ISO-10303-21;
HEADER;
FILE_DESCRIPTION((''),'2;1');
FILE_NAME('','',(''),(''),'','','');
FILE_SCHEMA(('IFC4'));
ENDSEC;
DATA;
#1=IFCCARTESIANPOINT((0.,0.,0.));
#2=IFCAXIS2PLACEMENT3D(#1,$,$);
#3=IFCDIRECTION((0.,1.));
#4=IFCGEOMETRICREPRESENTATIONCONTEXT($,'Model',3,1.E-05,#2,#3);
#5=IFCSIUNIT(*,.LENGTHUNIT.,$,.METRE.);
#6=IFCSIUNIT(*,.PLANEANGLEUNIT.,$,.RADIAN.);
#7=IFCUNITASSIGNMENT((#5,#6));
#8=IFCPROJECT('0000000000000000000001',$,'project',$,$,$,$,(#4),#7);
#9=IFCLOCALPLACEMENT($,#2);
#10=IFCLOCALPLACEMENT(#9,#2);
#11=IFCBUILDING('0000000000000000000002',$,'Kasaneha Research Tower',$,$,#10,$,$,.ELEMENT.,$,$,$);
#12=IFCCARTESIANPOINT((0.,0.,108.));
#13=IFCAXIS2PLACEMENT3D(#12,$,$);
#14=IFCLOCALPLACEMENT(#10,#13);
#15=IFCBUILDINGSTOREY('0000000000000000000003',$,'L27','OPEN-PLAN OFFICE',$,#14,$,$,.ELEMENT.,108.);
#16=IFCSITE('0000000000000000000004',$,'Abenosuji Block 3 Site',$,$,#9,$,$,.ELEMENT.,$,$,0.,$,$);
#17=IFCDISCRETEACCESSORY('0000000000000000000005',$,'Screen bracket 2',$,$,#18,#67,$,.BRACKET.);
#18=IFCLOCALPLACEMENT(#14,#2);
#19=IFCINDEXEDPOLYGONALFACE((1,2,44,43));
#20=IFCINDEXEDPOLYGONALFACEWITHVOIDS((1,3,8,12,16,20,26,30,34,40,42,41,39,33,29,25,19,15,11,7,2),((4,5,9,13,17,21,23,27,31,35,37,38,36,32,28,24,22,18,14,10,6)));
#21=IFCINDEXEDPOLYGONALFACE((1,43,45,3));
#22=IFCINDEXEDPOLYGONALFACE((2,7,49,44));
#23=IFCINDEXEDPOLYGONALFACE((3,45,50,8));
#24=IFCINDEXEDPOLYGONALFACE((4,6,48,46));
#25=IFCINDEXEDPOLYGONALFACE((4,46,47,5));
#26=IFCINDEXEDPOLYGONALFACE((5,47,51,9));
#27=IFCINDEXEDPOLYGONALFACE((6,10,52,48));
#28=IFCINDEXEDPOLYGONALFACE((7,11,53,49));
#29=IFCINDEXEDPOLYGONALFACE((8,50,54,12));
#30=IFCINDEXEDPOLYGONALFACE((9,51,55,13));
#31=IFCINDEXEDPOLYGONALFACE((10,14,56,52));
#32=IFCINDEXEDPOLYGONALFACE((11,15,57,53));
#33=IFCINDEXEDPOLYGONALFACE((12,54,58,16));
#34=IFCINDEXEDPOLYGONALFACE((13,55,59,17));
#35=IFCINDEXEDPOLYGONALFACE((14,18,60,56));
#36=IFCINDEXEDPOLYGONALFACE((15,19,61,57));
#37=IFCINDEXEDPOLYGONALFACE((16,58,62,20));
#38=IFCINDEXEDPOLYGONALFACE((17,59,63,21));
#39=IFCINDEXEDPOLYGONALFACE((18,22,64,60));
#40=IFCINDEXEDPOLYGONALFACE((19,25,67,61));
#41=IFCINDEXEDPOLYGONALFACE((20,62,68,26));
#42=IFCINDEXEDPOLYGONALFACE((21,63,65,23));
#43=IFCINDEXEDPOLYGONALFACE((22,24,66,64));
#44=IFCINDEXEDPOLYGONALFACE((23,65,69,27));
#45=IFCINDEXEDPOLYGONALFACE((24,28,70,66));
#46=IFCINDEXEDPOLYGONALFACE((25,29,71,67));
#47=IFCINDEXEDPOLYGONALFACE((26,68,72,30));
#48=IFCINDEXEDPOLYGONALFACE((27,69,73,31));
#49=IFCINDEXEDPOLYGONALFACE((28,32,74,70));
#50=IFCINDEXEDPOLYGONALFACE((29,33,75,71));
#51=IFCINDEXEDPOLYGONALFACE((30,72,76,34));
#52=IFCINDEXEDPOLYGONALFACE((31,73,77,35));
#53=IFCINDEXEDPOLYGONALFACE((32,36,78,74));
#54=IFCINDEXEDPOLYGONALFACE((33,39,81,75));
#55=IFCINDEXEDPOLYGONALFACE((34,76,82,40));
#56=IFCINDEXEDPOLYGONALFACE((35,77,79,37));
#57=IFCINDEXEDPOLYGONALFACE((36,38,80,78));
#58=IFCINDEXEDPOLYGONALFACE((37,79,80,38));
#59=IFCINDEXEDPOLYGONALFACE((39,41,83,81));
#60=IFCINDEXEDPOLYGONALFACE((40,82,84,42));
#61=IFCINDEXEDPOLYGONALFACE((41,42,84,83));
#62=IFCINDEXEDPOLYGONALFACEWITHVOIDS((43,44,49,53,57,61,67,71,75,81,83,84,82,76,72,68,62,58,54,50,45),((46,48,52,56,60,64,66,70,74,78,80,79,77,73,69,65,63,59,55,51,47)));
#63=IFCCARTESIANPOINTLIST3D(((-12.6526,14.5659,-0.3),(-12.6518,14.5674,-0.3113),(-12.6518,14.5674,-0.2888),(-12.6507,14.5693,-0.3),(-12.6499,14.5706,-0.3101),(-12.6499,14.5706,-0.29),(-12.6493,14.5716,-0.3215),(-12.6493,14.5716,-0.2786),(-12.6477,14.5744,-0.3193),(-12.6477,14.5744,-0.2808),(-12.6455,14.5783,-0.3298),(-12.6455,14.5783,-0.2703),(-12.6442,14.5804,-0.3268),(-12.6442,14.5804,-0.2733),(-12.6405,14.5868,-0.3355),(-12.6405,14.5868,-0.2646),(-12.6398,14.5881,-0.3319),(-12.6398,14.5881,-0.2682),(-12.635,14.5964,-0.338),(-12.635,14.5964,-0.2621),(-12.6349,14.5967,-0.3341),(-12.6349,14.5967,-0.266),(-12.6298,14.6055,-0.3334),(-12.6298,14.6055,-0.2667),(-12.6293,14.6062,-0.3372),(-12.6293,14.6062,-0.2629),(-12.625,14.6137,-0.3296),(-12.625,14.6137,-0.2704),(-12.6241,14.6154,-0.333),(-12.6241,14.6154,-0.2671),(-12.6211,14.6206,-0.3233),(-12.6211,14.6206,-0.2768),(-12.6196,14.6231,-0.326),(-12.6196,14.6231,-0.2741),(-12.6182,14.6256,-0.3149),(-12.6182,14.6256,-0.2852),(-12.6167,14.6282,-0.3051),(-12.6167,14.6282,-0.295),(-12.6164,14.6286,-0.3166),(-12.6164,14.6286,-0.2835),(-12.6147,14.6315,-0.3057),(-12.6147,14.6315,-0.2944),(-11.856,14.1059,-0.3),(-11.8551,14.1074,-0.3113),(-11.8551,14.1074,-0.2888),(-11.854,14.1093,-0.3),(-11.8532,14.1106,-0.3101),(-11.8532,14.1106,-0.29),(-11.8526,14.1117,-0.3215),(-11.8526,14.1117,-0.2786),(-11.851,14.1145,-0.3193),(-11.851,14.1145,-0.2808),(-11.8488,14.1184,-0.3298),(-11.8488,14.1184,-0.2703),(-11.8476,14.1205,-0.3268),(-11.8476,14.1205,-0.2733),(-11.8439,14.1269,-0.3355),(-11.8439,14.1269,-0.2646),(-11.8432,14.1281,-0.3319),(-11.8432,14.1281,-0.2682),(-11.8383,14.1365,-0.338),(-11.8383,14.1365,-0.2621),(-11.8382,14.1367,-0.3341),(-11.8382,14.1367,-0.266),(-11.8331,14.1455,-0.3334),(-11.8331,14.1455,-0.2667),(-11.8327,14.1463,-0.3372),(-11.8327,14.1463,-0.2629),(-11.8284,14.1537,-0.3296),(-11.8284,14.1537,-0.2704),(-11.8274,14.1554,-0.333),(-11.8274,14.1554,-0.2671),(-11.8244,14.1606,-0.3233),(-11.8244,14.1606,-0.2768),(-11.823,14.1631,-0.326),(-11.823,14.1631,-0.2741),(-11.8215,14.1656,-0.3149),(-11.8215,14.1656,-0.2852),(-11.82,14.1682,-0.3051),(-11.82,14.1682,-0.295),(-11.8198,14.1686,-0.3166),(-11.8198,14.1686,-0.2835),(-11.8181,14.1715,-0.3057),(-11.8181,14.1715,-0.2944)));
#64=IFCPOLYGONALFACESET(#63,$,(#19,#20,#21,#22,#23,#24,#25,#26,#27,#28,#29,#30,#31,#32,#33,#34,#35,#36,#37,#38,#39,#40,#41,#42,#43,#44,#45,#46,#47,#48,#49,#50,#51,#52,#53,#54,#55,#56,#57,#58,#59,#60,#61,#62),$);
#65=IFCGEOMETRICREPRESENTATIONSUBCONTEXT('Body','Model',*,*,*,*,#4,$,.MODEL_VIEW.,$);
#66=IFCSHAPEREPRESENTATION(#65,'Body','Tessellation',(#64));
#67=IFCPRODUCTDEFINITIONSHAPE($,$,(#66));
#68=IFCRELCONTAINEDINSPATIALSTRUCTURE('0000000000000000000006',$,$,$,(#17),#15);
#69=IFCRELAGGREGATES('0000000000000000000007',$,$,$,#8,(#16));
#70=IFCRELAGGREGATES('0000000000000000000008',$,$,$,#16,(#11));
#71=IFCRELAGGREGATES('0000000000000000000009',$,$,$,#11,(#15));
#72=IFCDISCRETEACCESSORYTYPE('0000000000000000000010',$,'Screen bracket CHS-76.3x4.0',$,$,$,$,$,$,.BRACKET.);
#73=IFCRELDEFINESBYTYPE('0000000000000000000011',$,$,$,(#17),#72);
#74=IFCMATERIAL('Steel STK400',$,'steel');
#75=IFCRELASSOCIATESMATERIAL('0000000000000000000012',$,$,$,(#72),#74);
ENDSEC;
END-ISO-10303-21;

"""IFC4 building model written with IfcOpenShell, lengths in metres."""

from ifc_helpers import new_model, si_unit, direction, frame, origin, origin_2d, place, context, subcontext, project, spatial, hollow_circle, extrude, material, material_profile, profile_set, type_object, element, save


model = new_model("IFC4")

# Units and contexts
model_context = context("Model", 3, precision=1e-05, world=origin(), true_north=direction((0.0, 1.0)))
body_context = subcontext(model_context, "Body", "Model", "MODEL_VIEW")
ifc_project = project(units=[si_unit("LENGTHUNIT", "METRE"), si_unit("PLANEANGLEUNIT", "RADIAN")], contexts=[model_context])

# Site, building, storey
site_placement = place(None, origin())
site = spatial("IfcSite", under=ifc_project, at=site_placement, Name="Abenosuji Block 3 Site", CompositionType="ELEMENT", RefElevation=0.0)
building_placement = place(site_placement, origin())
building = spatial("IfcBuilding", under=site, at=building_placement, Name="Kasaneha Research Tower", CompositionType="ELEMENT")
storey_placement = place(building_placement, frame((0.0, 0.0, 108.0)))
storey = spatial("IfcBuildingStorey", under=building, at=storey_placement, Name="L27", Description="OPEN-PLAN OFFICE", CompositionType="ELEMENT", Elevation=108.0)

# Discrete accessory
ifc_material_1 = material(Name="Steel STK400", Category="steel")
ifc_material_profile_1 = material_profile(ifc_material_1, hollow_circle(Radius=0.0381, WallThickness=0.0039, at=origin_2d()), Name="CHS-76.3x4.0")
ifc_profile_set_1 = profile_set([ifc_material_profile_1], Name="Steel STK400")
discrete_accessory_type = type_object("IfcDiscreteAccessoryType", Name="Screen bracket CHS-76.3x4.0", PredefinedType="BRACKET", material=ifc_profile_set_1)
discrete_accessory_1_placement = place(storey_placement, frame((-11.8369, 14.1389, -0.3), z_axis=(-0.866013, 0.500021, 0.0), x_axis=(-0.500021, -0.866013, 0.0)))
element("IfcDiscreteAccessory", 1, at=discrete_accessory_1_placement, inside=storey, type_object=discrete_accessory_type, Name="Screen bracket 2", PredefinedType="BRACKET", context=body_context, shape_type="SweptSolid", body=[
    extrude(hollow_circle(Radius=0.0381, WallThickness=0.0039, at=origin_2d()), origin(), (0.0, 0.0, 1.0), 0.9199),
])

save(model, "model.ifc")
